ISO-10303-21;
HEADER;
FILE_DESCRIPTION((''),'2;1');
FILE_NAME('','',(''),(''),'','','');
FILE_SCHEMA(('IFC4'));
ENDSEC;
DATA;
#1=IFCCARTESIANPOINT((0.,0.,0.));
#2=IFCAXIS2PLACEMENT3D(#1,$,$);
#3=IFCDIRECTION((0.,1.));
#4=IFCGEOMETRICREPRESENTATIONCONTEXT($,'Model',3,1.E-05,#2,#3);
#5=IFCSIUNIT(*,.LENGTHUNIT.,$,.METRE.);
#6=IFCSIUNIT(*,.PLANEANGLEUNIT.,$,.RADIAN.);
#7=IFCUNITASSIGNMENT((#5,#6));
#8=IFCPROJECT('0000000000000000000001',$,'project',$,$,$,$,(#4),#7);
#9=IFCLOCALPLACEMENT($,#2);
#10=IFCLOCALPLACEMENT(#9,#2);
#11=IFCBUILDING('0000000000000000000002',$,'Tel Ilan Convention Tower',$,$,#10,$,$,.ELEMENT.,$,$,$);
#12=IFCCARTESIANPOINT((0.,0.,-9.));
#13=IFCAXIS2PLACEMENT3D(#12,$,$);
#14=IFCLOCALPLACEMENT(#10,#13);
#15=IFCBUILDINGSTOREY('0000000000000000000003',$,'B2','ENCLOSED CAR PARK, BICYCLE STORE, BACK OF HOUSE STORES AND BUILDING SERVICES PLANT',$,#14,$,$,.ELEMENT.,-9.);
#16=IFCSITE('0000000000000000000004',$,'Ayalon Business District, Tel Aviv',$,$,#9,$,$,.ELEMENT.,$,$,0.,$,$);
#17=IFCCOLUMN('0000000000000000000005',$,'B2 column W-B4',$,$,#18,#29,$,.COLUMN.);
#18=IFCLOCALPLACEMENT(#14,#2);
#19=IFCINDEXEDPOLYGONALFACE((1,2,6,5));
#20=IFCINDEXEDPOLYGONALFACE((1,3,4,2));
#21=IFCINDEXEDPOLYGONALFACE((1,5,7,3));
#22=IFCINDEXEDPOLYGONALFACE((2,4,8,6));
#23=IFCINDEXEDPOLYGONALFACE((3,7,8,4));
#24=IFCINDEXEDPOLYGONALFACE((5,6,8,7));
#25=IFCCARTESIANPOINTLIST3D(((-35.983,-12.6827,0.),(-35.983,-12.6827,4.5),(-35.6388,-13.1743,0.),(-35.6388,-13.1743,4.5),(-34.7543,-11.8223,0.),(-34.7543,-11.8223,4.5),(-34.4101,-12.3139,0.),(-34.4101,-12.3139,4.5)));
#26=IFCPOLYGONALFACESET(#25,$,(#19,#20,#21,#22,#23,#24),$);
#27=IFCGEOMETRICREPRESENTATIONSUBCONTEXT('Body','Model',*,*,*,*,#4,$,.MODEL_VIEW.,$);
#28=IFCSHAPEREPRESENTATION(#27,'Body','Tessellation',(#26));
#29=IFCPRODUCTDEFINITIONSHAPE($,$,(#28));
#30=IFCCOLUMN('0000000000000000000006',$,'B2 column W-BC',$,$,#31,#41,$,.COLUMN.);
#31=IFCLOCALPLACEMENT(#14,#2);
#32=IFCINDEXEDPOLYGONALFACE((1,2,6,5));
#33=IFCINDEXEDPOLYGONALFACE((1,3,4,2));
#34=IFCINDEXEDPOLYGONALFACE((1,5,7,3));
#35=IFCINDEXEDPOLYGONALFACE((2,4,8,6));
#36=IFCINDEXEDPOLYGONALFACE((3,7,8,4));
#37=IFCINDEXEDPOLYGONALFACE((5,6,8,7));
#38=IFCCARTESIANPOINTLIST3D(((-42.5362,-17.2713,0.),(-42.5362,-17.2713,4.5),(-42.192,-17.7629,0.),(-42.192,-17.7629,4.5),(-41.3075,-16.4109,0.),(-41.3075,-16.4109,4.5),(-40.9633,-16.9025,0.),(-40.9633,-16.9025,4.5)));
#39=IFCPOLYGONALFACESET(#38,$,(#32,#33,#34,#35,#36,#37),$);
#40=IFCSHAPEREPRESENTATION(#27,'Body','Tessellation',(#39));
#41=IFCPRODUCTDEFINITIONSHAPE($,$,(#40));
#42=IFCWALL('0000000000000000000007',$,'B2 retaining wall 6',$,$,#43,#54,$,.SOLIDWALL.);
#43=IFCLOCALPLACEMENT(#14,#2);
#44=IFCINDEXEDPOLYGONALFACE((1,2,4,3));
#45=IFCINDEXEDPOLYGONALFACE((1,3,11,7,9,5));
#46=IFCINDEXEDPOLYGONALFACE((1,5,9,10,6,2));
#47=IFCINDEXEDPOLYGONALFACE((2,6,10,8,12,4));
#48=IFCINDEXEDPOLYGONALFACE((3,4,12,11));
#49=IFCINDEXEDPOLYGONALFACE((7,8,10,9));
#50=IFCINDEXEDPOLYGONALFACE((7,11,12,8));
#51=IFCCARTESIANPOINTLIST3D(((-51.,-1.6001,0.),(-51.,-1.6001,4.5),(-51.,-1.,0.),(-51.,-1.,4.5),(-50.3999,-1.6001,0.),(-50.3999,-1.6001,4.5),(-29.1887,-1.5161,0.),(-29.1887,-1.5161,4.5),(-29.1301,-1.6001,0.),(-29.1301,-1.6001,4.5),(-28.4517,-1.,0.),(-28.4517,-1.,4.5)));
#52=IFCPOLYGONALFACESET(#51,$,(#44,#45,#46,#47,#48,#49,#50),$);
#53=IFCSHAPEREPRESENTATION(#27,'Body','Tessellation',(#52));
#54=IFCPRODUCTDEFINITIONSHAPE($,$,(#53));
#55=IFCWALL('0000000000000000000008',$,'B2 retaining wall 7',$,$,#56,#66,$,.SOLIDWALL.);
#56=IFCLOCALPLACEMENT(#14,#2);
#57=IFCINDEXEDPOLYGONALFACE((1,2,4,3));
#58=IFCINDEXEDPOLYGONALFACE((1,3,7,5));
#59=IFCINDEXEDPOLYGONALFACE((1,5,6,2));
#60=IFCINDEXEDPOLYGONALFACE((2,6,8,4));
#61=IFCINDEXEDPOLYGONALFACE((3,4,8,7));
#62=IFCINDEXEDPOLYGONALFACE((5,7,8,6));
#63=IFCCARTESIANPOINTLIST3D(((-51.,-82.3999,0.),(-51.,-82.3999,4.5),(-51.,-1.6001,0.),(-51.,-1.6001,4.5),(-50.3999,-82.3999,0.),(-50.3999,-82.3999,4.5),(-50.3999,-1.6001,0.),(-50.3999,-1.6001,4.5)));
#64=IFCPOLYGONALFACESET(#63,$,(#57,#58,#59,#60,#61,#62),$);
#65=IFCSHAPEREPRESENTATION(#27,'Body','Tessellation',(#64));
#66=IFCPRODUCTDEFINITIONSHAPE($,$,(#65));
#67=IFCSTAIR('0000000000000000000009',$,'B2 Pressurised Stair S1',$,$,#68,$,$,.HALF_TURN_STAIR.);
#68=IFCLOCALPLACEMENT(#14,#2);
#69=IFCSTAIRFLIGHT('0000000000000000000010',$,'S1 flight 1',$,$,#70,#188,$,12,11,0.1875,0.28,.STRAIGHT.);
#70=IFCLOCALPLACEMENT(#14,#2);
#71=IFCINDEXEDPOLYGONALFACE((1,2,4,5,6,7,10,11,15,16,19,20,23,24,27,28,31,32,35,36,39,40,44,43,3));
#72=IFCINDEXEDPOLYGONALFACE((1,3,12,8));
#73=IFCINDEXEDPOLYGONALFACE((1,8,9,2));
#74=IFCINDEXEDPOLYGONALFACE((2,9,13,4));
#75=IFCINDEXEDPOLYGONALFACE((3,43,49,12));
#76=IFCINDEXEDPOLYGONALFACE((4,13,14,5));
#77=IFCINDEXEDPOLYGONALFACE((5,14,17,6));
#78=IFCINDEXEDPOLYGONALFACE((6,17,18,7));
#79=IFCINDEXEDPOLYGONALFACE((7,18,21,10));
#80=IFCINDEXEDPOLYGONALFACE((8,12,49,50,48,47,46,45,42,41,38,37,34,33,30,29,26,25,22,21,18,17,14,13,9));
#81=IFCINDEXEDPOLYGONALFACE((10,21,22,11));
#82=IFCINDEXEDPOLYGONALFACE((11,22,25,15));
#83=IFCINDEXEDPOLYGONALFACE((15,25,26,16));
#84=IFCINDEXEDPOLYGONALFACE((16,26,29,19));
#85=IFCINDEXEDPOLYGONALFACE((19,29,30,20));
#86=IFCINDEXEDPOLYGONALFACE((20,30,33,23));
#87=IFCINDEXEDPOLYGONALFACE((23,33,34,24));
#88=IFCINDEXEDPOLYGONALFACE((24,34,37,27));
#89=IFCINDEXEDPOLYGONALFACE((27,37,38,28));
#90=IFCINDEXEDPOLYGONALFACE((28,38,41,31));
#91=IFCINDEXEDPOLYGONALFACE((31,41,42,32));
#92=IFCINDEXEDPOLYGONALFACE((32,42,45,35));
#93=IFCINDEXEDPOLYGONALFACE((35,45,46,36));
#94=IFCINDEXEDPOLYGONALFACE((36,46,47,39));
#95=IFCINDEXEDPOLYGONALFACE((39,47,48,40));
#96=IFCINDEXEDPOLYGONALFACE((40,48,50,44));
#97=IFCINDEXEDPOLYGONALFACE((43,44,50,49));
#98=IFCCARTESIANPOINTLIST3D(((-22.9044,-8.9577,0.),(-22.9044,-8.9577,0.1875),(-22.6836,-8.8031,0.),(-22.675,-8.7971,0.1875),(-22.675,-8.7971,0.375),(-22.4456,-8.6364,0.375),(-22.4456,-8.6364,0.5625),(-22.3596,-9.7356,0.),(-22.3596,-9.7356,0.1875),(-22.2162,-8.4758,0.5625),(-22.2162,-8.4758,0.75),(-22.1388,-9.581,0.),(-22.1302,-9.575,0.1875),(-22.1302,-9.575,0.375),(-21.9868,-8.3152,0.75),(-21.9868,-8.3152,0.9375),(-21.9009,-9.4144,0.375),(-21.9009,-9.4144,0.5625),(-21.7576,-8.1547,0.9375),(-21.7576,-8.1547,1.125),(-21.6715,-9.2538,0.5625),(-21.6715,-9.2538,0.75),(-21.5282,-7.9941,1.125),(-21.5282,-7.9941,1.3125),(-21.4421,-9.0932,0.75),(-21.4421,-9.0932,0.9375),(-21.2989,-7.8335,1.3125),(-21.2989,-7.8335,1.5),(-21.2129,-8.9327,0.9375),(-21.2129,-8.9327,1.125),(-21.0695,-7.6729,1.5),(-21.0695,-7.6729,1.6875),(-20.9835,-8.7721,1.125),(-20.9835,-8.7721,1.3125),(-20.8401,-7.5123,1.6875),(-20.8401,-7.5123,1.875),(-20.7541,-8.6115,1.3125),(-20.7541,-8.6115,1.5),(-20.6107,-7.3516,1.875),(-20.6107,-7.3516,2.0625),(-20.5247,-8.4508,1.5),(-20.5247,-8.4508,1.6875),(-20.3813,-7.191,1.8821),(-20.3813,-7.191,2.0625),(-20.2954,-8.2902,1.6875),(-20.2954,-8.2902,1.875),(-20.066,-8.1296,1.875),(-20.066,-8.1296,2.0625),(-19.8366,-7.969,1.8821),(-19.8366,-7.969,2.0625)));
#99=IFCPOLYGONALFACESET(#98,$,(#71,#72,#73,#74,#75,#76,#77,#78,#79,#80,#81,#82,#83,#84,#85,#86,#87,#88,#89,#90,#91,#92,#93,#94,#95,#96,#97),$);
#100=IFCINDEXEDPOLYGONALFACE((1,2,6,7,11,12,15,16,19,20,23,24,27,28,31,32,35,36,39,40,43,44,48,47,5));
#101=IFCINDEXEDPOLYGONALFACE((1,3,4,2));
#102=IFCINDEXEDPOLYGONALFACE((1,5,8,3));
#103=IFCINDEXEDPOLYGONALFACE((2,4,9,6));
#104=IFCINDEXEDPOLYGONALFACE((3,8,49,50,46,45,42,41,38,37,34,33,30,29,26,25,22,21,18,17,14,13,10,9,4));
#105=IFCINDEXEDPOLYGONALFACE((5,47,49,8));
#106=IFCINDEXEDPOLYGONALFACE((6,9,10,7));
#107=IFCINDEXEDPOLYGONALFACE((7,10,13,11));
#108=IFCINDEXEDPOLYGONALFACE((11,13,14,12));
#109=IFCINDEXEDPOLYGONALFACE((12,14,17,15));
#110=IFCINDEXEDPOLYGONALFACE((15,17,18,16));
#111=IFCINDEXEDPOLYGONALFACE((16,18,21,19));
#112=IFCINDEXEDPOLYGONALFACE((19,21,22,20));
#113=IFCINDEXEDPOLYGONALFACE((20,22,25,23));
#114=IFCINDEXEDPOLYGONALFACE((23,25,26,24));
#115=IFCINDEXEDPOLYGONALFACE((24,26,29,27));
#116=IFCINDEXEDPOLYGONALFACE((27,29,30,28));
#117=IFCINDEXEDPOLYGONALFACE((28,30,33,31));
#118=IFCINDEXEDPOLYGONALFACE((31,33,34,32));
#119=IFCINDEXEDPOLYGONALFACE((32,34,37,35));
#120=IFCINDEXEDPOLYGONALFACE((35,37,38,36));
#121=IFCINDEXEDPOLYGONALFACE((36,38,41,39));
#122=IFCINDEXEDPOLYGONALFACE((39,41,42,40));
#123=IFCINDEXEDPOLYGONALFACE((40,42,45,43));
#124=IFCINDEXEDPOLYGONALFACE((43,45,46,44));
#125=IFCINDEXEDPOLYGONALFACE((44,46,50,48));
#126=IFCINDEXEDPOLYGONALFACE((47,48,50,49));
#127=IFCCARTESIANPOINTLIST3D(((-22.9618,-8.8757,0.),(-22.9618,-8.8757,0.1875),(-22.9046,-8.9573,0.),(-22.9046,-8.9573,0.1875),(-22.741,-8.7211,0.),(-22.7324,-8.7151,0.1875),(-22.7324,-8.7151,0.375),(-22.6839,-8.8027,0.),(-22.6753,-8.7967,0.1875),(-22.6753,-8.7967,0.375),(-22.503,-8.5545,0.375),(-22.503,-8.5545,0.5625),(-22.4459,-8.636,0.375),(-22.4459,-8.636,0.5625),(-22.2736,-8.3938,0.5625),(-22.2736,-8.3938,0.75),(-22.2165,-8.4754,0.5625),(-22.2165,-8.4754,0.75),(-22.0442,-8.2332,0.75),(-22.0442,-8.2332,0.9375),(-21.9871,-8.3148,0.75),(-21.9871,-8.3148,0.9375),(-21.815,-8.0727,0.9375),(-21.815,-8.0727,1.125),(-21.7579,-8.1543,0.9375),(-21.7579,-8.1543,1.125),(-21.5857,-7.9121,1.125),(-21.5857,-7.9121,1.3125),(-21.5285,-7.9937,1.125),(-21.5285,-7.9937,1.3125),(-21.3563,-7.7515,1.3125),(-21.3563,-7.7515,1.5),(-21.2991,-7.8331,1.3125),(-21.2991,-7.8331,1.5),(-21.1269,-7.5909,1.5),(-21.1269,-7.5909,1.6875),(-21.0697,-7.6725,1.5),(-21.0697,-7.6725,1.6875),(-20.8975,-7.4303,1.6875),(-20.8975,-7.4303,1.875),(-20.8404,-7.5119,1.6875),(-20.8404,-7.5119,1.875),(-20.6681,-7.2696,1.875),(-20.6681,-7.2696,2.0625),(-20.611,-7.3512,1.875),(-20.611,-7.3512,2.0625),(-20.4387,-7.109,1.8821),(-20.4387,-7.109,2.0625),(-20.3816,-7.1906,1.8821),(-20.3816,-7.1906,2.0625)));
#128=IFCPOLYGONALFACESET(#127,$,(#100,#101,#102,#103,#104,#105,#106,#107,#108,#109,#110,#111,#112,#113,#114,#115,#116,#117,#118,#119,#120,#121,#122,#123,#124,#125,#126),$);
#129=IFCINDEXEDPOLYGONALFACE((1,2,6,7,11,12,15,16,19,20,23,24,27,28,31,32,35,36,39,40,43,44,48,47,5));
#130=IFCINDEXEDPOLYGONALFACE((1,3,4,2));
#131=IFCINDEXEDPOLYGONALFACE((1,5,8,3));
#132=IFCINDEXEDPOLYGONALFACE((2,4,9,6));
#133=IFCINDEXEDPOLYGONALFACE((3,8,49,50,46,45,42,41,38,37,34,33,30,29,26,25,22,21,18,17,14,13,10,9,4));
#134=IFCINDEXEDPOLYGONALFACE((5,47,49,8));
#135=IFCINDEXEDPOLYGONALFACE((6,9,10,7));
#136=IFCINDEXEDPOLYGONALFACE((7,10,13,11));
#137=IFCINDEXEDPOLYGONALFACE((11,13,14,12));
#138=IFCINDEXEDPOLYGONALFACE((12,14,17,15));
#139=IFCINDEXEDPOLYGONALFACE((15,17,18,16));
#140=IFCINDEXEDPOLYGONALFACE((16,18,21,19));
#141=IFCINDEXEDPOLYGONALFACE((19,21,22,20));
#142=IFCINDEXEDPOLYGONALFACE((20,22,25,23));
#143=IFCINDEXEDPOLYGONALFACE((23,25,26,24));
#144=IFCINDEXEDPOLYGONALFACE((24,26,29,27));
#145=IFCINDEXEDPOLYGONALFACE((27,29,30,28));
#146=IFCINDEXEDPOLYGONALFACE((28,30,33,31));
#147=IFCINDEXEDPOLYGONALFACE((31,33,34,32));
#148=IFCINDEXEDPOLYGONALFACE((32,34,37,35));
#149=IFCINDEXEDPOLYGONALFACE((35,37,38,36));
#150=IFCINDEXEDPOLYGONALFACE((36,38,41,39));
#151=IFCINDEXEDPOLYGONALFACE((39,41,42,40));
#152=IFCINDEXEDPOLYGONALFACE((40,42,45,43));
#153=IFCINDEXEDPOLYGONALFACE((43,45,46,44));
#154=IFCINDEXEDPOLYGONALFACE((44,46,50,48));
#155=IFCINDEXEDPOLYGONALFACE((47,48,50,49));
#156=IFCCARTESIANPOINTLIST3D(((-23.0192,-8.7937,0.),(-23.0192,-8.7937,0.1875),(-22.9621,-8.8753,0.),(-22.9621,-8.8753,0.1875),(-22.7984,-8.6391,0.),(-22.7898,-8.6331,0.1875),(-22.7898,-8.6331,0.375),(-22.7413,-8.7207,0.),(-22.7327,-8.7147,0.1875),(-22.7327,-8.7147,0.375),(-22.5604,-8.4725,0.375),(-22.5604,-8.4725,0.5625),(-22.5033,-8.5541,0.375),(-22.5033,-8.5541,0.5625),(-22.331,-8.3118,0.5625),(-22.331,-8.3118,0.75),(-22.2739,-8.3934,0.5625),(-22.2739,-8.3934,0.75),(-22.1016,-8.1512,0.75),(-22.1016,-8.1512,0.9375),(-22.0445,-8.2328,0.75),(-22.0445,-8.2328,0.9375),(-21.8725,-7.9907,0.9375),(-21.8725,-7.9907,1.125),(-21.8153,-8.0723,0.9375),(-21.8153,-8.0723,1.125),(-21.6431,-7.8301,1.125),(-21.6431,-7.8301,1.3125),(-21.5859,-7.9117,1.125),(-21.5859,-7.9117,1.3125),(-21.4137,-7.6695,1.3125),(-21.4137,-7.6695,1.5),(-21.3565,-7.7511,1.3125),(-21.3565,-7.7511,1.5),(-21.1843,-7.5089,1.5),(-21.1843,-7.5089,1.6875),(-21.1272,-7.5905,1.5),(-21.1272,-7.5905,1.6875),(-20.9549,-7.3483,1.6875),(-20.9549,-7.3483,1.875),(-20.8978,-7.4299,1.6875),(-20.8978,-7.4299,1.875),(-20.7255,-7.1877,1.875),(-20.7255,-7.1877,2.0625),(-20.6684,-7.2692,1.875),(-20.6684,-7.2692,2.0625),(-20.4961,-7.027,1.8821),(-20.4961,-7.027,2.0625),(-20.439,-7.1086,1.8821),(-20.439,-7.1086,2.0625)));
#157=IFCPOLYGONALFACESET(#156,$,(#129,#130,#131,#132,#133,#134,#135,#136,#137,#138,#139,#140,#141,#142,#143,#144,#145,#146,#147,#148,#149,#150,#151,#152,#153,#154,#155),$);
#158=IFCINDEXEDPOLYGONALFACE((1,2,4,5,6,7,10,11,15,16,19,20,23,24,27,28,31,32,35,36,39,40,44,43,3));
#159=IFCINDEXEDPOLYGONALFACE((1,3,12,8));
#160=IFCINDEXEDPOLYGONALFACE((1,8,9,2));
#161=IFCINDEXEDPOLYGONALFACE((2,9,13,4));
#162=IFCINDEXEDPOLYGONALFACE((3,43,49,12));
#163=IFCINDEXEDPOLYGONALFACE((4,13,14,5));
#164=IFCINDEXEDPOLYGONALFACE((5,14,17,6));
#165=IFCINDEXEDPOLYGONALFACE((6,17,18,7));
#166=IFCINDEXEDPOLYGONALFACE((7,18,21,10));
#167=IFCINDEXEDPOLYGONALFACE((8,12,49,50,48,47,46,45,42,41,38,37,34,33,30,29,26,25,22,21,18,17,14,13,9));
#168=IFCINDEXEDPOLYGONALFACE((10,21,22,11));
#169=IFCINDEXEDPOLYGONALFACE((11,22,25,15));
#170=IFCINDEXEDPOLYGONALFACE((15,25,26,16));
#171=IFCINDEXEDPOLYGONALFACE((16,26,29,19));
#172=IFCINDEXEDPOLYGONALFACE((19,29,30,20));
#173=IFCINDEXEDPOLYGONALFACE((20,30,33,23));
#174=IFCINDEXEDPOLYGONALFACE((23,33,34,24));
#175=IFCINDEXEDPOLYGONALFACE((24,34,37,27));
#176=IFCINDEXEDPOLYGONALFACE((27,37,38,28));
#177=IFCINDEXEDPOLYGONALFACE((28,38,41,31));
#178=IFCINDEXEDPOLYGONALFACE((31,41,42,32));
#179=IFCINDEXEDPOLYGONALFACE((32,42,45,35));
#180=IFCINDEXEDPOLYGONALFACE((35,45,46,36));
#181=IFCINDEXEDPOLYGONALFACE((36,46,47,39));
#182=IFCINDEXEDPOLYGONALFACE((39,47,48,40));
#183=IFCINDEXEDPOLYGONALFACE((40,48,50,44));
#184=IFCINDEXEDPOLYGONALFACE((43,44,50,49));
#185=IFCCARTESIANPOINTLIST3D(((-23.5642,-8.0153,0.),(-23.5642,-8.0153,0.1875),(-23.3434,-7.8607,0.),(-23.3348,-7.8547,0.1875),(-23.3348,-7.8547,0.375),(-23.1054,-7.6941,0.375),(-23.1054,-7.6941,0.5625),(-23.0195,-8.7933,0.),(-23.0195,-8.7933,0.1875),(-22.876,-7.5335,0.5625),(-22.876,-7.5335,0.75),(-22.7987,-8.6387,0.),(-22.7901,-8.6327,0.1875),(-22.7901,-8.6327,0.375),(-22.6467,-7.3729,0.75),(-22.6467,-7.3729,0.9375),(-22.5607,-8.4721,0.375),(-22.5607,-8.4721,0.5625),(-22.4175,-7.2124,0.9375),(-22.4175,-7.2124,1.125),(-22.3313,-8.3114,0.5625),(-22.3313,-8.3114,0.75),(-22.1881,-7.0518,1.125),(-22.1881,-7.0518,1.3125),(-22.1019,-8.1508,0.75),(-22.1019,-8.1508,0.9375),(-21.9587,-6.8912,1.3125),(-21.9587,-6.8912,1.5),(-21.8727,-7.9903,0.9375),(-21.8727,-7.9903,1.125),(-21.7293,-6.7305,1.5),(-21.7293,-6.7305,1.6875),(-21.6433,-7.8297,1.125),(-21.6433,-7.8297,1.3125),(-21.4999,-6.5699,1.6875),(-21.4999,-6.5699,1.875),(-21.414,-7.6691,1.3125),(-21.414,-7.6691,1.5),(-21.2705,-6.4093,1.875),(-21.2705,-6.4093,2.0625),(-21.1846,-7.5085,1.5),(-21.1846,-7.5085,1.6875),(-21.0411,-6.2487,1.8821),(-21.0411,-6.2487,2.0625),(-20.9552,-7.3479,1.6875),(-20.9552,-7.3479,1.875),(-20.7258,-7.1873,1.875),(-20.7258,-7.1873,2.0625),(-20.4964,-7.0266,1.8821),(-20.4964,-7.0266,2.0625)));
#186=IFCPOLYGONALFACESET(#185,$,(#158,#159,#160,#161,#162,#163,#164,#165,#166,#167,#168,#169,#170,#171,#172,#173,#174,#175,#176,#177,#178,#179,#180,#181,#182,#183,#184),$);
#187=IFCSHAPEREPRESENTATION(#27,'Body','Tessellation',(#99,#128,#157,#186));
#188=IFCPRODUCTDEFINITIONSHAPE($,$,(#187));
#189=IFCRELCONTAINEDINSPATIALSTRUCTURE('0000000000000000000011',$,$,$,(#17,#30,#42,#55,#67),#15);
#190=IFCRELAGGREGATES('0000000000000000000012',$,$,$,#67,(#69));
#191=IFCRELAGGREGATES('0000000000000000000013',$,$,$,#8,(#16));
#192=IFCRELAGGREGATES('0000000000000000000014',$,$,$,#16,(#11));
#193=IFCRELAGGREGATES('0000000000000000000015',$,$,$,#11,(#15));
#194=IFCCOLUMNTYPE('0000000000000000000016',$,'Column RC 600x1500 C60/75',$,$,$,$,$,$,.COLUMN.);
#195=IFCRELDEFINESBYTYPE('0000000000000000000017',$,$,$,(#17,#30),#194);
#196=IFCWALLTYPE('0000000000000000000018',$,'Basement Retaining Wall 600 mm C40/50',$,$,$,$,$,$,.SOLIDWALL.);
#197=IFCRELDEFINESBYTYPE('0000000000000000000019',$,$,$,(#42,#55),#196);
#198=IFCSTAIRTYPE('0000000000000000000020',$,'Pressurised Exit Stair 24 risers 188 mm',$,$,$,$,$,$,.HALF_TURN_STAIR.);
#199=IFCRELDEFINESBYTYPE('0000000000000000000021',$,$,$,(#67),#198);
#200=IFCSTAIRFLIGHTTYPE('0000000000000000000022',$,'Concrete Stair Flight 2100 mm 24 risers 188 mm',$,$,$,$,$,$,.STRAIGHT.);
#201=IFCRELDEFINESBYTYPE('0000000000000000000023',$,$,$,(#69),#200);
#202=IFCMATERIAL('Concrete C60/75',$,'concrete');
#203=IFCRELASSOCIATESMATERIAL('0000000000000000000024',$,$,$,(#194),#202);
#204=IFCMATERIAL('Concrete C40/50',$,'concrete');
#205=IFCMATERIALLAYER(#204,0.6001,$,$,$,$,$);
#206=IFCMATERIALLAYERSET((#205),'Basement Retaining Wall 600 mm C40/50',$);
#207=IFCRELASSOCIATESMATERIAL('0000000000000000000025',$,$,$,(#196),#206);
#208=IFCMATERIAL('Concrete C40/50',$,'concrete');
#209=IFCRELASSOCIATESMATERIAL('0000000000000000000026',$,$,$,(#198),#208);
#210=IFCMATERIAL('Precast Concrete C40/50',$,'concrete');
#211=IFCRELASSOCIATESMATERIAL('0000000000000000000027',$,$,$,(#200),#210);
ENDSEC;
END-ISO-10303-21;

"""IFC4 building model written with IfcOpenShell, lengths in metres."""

from ifc_helpers import new_model, si_unit, direction, frame, origin, origin_2d, place, context, subcontext, project, spatial, polyline, rectangle, outline, extrude, material, layer, layer_set, material_profile, profile_set, type_object, element, aggregate, save


model = new_model("IFC4")

# Units and contexts
model_context = context("Model", 3, precision=1e-05, world=origin(), true_north=direction((0.0, 1.0)))
body_context = subcontext(model_context, "Body", "Model", "MODEL_VIEW")
ifc_project = project(units=[si_unit("LENGTHUNIT", "METRE"), si_unit("PLANEANGLEUNIT", "RADIAN")], contexts=[model_context])

# Site, building, storey
site_placement = place(None, origin())
site = spatial("IfcSite", under=ifc_project, at=site_placement, Name="Ayalon Business District, Tel Aviv", CompositionType="ELEMENT", RefElevation=0.0)
building_placement = place(site_placement, origin())
building = spatial("IfcBuilding", under=site, at=building_placement, Name="Tel Ilan Convention Tower", CompositionType="ELEMENT")
storey_placement = place(building_placement, frame((0.0, 0.0, -9.0)))
storey = spatial("IfcBuildingStorey", under=building, at=storey_placement, Name="B2", Description="ENCLOSED CAR PARK, BICYCLE STORE, BACK OF HOUSE STORES AND BUILDING SERVICES PLANT", CompositionType="ELEMENT", Elevation=-9.0)

# Columns
ifc_material_1 = material(Name="Concrete C60/75", Category="concrete")
ifc_material_profile_1 = material_profile(ifc_material_1, rectangle(XDim=1.5, YDim=0.6001, at=origin_2d()), Name="RC 600x1500")
ifc_profile_set_1 = profile_set([ifc_material_profile_1], Name="Concrete C60/75")
column_type_1 = type_object("IfcColumnType", Name="Column RC 600x1500 C60/75", PredefinedType="COLUMN", material=ifc_profile_set_1)
for number, where, z_axis, x_axis, name in (
    (1, (-35.1965, -12.4983, 0.0), (0.0, 0.0, 1.0), (-0.819152, -0.573576, 0.0), "B2 column W-B4"),
    (2, (-41.7498, -17.0869, 0.0), (0.0, 0.0, 1.0), (-0.819152, -0.573576, 0.0), "B2 column W-BC"),
):
    element("IfcColumn", number, at=place(storey_placement, frame(where, z_axis=z_axis, x_axis=x_axis)), inside=storey, type_object=column_type_1, Name=name, PredefinedType="COLUMN", context=body_context, shape_type="SweptSolid", body=[
        extrude(rectangle(XDim=1.5, YDim=0.6001, at=origin_2d()), origin(), (0.0, 0.0, 1.0), 4.5),
    ])

# Walls
ifc_material_2 = material(Name="Concrete C40/50", Category="concrete")
ifc_layer = layer(ifc_material_2, 0.6001)
ifc_layer_set = layer_set([ifc_layer], Name="Basement Retaining Wall 600 mm C40/50")
wall_type = type_object("IfcWallType", Name="Basement Retaining Wall 600 mm C40/50", PredefinedType="SOLIDWALL", material=ifc_layer_set)
wall_1_placement = place(storey_placement, frame((-28.4517, -1.3, 0.0), z_axis=(0.0, 0.0, 1.0), x_axis=(-1.0, 0.0, 0.0)))
element("IfcWall", 3, at=wall_1_placement, inside=storey, type_object=wall_type, Name="B2 retaining wall 6", PredefinedType="SOLIDWALL", context=body_context, shape_type="SweptSolid", body=[
    extrude(outline(polyline([(21.9482, 0.3), (22.5483, 0.3), (22.5483, -0.3), (0.0, -0.3), (0.7371, 0.2161), (0.6785, 0.3), (21.9482, 0.3)])), origin(), (0.0, 0.0, 1.0), 4.5),
])
wall_2_placement = place(storey_placement, frame((-50.7, -1.0, 0.0), z_axis=(0.0, 0.0, 1.0), x_axis=(0.0, -1.0, 0.0)))
element("IfcWall", 4, at=wall_2_placement, inside=storey, type_object=wall_type, Name="B2 retaining wall 7", PredefinedType="SOLIDWALL", context=body_context, shape_type="SweptSolid", body=[
    extrude(outline(polyline([(81.3999, 0.3), (81.3999, -0.3), (0.6001, -0.3), (0.6001, 0.3), (81.3999, 0.3)])), origin(), (0.0, 0.0, 1.0), 4.5),
])

# Stair, stair flight
ifc_material_3 = material(Name="Concrete C40/50", Category="concrete")
stair_type = type_object("IfcStairType", Name="Pressurised Exit Stair 24 risers 188 mm", PredefinedType="HALF_TURN_STAIR", material=ifc_material_3)
stair_placement = place(storey_placement, origin())
stair = element("IfcStair", 5, at=stair_placement, inside=storey, type_object=stair_type, Name="B2 Pressurised Stair S1", PredefinedType="HALF_TURN_STAIR")
ifc_material_4 = material(Name="Precast Concrete C40/50", Category="concrete")
stair_flight_type = type_object("IfcStairFlightType", Name="Concrete Stair Flight 2100 mm 24 risers 188 mm", PredefinedType="STRAIGHT", material=ifc_material_4)
stair_flight_placement = place(storey_placement, frame((-22.9619, -8.8755, 0.0), z_axis=(0.0, 0.0, 1.0), x_axis=(0.819152, 0.573576, 0.0)))
stair_flight = element("IfcStairFlight", 6, at=stair_flight_placement, type_object=stair_flight_type, Name="S1 flight 1", NumberOfRisers=12, NumberOfTreads=11, PredefinedType="STRAIGHT", RiserHeight=0.1875, TreadLength=0.28, context=body_context, shape_type="SweptSolid", body=[
    extrude(outline(polyline([(0.0, 0.0), (0.0, 0.1875), (0.28, 0.1875), (0.28, 0.375), (0.5601, 0.375), (0.5601, 0.5625), (0.8401, 0.5625), (0.8401, 0.75), (1.1201, 0.75), (1.1201, 0.9375), (1.3999, 0.9375), (1.3999, 1.125), (1.6799, 1.125), (1.6799, 1.3125), (1.96, 1.3125), (1.96, 1.5), (2.24, 1.5), (2.24, 1.6875), (2.52, 1.6875), (2.52, 1.875), (2.8, 1.875), (2.8, 2.0625), (3.0801, 2.0625), (3.0801, 2.25), (3.0801, 1.8821), (0.2695, 0.0), (0.0, 0.0)])), frame((0.0, -0.1003, 0.0), z_axis=(0.0, -1.0, 0.0), x_axis=(1.0, 0.0, 0.0)), (0.0, 0.0, 1.0), 0.9497),
    extrude(outline(polyline([(0.0, 0.0), (0.0, 0.1875), (0.28, 0.1875), (0.28, 0.375), (0.5601, 0.375), (0.5601, 0.5625), (0.8401, 0.5625), (0.8401, 0.75), (1.1201, 0.75), (1.1201, 0.9375), (1.3999, 0.9375), (1.3999, 1.125), (1.6799, 1.125), (1.6799, 1.3125), (1.96, 1.3125), (1.96, 1.5), (2.24, 1.5), (2.24, 1.6875), (2.52, 1.6875), (2.52, 1.875), (2.8, 1.875), (2.8, 2.0625), (3.0801, 2.0625), (3.0801, 2.25), (3.0801, 1.8821), (0.2695, 0.0), (0.0, 0.0)])), frame((0.0, -0.0002, 0.0), z_axis=(0.0, -1.0, 0.0), x_axis=(1.0, 0.0, 0.0)), (0.0, 0.0, 1.0), 0.0996),
    extrude(outline(polyline([(0.0, 0.0), (0.0, 0.1875), (0.28, 0.1875), (0.28, 0.375), (0.5601, 0.375), (0.5601, 0.5625), (0.8401, 0.5625), (0.8401, 0.75), (1.1201, 0.75), (1.1201, 0.9375), (1.3999, 0.9375), (1.3999, 1.125), (1.6799, 1.125), (1.6799, 1.3125), (1.96, 1.3125), (1.96, 1.5), (2.24, 1.5), (2.24, 1.6875), (2.52, 1.6875), (2.52, 1.875), (2.8, 1.875), (2.8, 2.0625), (3.0801, 2.0625), (3.0801, 2.25), (3.0801, 1.8821), (0.2695, 0.0), (0.0, 0.0)])), frame((0.0, 0.0999, 0.0), z_axis=(0.0, -1.0, 0.0), x_axis=(1.0, 0.0, 0.0)), (0.0, 0.0, 1.0), 0.0996),
    extrude(outline(polyline([(0.0, 0.0), (0.0, 0.1875), (0.28, 0.1875), (0.28, 0.375), (0.5601, 0.375), (0.5601, 0.5625), (0.8401, 0.5625), (0.8401, 0.75), (1.1201, 0.75), (1.1201, 0.9375), (1.3999, 0.9375), (1.3999, 1.125), (1.6799, 1.125), (1.6799, 1.3125), (1.96, 1.3125), (1.96, 1.5), (2.24, 1.5), (2.24, 1.6875), (2.52, 1.6875), (2.52, 1.875), (2.8, 1.875), (2.8, 2.0625), (3.0801, 2.0625), (3.0801, 2.25), (3.0801, 1.8821), (0.2695, 0.0), (0.0, 0.0)])), frame((0.0, 1.05, 0.0), z_axis=(0.0, -1.0, 0.0), x_axis=(1.0, 0.0, 0.0)), (0.0, 0.0, 1.0), 0.9497),
])
aggregate(stair, [stair_flight])

save(model, "model.ifc")
